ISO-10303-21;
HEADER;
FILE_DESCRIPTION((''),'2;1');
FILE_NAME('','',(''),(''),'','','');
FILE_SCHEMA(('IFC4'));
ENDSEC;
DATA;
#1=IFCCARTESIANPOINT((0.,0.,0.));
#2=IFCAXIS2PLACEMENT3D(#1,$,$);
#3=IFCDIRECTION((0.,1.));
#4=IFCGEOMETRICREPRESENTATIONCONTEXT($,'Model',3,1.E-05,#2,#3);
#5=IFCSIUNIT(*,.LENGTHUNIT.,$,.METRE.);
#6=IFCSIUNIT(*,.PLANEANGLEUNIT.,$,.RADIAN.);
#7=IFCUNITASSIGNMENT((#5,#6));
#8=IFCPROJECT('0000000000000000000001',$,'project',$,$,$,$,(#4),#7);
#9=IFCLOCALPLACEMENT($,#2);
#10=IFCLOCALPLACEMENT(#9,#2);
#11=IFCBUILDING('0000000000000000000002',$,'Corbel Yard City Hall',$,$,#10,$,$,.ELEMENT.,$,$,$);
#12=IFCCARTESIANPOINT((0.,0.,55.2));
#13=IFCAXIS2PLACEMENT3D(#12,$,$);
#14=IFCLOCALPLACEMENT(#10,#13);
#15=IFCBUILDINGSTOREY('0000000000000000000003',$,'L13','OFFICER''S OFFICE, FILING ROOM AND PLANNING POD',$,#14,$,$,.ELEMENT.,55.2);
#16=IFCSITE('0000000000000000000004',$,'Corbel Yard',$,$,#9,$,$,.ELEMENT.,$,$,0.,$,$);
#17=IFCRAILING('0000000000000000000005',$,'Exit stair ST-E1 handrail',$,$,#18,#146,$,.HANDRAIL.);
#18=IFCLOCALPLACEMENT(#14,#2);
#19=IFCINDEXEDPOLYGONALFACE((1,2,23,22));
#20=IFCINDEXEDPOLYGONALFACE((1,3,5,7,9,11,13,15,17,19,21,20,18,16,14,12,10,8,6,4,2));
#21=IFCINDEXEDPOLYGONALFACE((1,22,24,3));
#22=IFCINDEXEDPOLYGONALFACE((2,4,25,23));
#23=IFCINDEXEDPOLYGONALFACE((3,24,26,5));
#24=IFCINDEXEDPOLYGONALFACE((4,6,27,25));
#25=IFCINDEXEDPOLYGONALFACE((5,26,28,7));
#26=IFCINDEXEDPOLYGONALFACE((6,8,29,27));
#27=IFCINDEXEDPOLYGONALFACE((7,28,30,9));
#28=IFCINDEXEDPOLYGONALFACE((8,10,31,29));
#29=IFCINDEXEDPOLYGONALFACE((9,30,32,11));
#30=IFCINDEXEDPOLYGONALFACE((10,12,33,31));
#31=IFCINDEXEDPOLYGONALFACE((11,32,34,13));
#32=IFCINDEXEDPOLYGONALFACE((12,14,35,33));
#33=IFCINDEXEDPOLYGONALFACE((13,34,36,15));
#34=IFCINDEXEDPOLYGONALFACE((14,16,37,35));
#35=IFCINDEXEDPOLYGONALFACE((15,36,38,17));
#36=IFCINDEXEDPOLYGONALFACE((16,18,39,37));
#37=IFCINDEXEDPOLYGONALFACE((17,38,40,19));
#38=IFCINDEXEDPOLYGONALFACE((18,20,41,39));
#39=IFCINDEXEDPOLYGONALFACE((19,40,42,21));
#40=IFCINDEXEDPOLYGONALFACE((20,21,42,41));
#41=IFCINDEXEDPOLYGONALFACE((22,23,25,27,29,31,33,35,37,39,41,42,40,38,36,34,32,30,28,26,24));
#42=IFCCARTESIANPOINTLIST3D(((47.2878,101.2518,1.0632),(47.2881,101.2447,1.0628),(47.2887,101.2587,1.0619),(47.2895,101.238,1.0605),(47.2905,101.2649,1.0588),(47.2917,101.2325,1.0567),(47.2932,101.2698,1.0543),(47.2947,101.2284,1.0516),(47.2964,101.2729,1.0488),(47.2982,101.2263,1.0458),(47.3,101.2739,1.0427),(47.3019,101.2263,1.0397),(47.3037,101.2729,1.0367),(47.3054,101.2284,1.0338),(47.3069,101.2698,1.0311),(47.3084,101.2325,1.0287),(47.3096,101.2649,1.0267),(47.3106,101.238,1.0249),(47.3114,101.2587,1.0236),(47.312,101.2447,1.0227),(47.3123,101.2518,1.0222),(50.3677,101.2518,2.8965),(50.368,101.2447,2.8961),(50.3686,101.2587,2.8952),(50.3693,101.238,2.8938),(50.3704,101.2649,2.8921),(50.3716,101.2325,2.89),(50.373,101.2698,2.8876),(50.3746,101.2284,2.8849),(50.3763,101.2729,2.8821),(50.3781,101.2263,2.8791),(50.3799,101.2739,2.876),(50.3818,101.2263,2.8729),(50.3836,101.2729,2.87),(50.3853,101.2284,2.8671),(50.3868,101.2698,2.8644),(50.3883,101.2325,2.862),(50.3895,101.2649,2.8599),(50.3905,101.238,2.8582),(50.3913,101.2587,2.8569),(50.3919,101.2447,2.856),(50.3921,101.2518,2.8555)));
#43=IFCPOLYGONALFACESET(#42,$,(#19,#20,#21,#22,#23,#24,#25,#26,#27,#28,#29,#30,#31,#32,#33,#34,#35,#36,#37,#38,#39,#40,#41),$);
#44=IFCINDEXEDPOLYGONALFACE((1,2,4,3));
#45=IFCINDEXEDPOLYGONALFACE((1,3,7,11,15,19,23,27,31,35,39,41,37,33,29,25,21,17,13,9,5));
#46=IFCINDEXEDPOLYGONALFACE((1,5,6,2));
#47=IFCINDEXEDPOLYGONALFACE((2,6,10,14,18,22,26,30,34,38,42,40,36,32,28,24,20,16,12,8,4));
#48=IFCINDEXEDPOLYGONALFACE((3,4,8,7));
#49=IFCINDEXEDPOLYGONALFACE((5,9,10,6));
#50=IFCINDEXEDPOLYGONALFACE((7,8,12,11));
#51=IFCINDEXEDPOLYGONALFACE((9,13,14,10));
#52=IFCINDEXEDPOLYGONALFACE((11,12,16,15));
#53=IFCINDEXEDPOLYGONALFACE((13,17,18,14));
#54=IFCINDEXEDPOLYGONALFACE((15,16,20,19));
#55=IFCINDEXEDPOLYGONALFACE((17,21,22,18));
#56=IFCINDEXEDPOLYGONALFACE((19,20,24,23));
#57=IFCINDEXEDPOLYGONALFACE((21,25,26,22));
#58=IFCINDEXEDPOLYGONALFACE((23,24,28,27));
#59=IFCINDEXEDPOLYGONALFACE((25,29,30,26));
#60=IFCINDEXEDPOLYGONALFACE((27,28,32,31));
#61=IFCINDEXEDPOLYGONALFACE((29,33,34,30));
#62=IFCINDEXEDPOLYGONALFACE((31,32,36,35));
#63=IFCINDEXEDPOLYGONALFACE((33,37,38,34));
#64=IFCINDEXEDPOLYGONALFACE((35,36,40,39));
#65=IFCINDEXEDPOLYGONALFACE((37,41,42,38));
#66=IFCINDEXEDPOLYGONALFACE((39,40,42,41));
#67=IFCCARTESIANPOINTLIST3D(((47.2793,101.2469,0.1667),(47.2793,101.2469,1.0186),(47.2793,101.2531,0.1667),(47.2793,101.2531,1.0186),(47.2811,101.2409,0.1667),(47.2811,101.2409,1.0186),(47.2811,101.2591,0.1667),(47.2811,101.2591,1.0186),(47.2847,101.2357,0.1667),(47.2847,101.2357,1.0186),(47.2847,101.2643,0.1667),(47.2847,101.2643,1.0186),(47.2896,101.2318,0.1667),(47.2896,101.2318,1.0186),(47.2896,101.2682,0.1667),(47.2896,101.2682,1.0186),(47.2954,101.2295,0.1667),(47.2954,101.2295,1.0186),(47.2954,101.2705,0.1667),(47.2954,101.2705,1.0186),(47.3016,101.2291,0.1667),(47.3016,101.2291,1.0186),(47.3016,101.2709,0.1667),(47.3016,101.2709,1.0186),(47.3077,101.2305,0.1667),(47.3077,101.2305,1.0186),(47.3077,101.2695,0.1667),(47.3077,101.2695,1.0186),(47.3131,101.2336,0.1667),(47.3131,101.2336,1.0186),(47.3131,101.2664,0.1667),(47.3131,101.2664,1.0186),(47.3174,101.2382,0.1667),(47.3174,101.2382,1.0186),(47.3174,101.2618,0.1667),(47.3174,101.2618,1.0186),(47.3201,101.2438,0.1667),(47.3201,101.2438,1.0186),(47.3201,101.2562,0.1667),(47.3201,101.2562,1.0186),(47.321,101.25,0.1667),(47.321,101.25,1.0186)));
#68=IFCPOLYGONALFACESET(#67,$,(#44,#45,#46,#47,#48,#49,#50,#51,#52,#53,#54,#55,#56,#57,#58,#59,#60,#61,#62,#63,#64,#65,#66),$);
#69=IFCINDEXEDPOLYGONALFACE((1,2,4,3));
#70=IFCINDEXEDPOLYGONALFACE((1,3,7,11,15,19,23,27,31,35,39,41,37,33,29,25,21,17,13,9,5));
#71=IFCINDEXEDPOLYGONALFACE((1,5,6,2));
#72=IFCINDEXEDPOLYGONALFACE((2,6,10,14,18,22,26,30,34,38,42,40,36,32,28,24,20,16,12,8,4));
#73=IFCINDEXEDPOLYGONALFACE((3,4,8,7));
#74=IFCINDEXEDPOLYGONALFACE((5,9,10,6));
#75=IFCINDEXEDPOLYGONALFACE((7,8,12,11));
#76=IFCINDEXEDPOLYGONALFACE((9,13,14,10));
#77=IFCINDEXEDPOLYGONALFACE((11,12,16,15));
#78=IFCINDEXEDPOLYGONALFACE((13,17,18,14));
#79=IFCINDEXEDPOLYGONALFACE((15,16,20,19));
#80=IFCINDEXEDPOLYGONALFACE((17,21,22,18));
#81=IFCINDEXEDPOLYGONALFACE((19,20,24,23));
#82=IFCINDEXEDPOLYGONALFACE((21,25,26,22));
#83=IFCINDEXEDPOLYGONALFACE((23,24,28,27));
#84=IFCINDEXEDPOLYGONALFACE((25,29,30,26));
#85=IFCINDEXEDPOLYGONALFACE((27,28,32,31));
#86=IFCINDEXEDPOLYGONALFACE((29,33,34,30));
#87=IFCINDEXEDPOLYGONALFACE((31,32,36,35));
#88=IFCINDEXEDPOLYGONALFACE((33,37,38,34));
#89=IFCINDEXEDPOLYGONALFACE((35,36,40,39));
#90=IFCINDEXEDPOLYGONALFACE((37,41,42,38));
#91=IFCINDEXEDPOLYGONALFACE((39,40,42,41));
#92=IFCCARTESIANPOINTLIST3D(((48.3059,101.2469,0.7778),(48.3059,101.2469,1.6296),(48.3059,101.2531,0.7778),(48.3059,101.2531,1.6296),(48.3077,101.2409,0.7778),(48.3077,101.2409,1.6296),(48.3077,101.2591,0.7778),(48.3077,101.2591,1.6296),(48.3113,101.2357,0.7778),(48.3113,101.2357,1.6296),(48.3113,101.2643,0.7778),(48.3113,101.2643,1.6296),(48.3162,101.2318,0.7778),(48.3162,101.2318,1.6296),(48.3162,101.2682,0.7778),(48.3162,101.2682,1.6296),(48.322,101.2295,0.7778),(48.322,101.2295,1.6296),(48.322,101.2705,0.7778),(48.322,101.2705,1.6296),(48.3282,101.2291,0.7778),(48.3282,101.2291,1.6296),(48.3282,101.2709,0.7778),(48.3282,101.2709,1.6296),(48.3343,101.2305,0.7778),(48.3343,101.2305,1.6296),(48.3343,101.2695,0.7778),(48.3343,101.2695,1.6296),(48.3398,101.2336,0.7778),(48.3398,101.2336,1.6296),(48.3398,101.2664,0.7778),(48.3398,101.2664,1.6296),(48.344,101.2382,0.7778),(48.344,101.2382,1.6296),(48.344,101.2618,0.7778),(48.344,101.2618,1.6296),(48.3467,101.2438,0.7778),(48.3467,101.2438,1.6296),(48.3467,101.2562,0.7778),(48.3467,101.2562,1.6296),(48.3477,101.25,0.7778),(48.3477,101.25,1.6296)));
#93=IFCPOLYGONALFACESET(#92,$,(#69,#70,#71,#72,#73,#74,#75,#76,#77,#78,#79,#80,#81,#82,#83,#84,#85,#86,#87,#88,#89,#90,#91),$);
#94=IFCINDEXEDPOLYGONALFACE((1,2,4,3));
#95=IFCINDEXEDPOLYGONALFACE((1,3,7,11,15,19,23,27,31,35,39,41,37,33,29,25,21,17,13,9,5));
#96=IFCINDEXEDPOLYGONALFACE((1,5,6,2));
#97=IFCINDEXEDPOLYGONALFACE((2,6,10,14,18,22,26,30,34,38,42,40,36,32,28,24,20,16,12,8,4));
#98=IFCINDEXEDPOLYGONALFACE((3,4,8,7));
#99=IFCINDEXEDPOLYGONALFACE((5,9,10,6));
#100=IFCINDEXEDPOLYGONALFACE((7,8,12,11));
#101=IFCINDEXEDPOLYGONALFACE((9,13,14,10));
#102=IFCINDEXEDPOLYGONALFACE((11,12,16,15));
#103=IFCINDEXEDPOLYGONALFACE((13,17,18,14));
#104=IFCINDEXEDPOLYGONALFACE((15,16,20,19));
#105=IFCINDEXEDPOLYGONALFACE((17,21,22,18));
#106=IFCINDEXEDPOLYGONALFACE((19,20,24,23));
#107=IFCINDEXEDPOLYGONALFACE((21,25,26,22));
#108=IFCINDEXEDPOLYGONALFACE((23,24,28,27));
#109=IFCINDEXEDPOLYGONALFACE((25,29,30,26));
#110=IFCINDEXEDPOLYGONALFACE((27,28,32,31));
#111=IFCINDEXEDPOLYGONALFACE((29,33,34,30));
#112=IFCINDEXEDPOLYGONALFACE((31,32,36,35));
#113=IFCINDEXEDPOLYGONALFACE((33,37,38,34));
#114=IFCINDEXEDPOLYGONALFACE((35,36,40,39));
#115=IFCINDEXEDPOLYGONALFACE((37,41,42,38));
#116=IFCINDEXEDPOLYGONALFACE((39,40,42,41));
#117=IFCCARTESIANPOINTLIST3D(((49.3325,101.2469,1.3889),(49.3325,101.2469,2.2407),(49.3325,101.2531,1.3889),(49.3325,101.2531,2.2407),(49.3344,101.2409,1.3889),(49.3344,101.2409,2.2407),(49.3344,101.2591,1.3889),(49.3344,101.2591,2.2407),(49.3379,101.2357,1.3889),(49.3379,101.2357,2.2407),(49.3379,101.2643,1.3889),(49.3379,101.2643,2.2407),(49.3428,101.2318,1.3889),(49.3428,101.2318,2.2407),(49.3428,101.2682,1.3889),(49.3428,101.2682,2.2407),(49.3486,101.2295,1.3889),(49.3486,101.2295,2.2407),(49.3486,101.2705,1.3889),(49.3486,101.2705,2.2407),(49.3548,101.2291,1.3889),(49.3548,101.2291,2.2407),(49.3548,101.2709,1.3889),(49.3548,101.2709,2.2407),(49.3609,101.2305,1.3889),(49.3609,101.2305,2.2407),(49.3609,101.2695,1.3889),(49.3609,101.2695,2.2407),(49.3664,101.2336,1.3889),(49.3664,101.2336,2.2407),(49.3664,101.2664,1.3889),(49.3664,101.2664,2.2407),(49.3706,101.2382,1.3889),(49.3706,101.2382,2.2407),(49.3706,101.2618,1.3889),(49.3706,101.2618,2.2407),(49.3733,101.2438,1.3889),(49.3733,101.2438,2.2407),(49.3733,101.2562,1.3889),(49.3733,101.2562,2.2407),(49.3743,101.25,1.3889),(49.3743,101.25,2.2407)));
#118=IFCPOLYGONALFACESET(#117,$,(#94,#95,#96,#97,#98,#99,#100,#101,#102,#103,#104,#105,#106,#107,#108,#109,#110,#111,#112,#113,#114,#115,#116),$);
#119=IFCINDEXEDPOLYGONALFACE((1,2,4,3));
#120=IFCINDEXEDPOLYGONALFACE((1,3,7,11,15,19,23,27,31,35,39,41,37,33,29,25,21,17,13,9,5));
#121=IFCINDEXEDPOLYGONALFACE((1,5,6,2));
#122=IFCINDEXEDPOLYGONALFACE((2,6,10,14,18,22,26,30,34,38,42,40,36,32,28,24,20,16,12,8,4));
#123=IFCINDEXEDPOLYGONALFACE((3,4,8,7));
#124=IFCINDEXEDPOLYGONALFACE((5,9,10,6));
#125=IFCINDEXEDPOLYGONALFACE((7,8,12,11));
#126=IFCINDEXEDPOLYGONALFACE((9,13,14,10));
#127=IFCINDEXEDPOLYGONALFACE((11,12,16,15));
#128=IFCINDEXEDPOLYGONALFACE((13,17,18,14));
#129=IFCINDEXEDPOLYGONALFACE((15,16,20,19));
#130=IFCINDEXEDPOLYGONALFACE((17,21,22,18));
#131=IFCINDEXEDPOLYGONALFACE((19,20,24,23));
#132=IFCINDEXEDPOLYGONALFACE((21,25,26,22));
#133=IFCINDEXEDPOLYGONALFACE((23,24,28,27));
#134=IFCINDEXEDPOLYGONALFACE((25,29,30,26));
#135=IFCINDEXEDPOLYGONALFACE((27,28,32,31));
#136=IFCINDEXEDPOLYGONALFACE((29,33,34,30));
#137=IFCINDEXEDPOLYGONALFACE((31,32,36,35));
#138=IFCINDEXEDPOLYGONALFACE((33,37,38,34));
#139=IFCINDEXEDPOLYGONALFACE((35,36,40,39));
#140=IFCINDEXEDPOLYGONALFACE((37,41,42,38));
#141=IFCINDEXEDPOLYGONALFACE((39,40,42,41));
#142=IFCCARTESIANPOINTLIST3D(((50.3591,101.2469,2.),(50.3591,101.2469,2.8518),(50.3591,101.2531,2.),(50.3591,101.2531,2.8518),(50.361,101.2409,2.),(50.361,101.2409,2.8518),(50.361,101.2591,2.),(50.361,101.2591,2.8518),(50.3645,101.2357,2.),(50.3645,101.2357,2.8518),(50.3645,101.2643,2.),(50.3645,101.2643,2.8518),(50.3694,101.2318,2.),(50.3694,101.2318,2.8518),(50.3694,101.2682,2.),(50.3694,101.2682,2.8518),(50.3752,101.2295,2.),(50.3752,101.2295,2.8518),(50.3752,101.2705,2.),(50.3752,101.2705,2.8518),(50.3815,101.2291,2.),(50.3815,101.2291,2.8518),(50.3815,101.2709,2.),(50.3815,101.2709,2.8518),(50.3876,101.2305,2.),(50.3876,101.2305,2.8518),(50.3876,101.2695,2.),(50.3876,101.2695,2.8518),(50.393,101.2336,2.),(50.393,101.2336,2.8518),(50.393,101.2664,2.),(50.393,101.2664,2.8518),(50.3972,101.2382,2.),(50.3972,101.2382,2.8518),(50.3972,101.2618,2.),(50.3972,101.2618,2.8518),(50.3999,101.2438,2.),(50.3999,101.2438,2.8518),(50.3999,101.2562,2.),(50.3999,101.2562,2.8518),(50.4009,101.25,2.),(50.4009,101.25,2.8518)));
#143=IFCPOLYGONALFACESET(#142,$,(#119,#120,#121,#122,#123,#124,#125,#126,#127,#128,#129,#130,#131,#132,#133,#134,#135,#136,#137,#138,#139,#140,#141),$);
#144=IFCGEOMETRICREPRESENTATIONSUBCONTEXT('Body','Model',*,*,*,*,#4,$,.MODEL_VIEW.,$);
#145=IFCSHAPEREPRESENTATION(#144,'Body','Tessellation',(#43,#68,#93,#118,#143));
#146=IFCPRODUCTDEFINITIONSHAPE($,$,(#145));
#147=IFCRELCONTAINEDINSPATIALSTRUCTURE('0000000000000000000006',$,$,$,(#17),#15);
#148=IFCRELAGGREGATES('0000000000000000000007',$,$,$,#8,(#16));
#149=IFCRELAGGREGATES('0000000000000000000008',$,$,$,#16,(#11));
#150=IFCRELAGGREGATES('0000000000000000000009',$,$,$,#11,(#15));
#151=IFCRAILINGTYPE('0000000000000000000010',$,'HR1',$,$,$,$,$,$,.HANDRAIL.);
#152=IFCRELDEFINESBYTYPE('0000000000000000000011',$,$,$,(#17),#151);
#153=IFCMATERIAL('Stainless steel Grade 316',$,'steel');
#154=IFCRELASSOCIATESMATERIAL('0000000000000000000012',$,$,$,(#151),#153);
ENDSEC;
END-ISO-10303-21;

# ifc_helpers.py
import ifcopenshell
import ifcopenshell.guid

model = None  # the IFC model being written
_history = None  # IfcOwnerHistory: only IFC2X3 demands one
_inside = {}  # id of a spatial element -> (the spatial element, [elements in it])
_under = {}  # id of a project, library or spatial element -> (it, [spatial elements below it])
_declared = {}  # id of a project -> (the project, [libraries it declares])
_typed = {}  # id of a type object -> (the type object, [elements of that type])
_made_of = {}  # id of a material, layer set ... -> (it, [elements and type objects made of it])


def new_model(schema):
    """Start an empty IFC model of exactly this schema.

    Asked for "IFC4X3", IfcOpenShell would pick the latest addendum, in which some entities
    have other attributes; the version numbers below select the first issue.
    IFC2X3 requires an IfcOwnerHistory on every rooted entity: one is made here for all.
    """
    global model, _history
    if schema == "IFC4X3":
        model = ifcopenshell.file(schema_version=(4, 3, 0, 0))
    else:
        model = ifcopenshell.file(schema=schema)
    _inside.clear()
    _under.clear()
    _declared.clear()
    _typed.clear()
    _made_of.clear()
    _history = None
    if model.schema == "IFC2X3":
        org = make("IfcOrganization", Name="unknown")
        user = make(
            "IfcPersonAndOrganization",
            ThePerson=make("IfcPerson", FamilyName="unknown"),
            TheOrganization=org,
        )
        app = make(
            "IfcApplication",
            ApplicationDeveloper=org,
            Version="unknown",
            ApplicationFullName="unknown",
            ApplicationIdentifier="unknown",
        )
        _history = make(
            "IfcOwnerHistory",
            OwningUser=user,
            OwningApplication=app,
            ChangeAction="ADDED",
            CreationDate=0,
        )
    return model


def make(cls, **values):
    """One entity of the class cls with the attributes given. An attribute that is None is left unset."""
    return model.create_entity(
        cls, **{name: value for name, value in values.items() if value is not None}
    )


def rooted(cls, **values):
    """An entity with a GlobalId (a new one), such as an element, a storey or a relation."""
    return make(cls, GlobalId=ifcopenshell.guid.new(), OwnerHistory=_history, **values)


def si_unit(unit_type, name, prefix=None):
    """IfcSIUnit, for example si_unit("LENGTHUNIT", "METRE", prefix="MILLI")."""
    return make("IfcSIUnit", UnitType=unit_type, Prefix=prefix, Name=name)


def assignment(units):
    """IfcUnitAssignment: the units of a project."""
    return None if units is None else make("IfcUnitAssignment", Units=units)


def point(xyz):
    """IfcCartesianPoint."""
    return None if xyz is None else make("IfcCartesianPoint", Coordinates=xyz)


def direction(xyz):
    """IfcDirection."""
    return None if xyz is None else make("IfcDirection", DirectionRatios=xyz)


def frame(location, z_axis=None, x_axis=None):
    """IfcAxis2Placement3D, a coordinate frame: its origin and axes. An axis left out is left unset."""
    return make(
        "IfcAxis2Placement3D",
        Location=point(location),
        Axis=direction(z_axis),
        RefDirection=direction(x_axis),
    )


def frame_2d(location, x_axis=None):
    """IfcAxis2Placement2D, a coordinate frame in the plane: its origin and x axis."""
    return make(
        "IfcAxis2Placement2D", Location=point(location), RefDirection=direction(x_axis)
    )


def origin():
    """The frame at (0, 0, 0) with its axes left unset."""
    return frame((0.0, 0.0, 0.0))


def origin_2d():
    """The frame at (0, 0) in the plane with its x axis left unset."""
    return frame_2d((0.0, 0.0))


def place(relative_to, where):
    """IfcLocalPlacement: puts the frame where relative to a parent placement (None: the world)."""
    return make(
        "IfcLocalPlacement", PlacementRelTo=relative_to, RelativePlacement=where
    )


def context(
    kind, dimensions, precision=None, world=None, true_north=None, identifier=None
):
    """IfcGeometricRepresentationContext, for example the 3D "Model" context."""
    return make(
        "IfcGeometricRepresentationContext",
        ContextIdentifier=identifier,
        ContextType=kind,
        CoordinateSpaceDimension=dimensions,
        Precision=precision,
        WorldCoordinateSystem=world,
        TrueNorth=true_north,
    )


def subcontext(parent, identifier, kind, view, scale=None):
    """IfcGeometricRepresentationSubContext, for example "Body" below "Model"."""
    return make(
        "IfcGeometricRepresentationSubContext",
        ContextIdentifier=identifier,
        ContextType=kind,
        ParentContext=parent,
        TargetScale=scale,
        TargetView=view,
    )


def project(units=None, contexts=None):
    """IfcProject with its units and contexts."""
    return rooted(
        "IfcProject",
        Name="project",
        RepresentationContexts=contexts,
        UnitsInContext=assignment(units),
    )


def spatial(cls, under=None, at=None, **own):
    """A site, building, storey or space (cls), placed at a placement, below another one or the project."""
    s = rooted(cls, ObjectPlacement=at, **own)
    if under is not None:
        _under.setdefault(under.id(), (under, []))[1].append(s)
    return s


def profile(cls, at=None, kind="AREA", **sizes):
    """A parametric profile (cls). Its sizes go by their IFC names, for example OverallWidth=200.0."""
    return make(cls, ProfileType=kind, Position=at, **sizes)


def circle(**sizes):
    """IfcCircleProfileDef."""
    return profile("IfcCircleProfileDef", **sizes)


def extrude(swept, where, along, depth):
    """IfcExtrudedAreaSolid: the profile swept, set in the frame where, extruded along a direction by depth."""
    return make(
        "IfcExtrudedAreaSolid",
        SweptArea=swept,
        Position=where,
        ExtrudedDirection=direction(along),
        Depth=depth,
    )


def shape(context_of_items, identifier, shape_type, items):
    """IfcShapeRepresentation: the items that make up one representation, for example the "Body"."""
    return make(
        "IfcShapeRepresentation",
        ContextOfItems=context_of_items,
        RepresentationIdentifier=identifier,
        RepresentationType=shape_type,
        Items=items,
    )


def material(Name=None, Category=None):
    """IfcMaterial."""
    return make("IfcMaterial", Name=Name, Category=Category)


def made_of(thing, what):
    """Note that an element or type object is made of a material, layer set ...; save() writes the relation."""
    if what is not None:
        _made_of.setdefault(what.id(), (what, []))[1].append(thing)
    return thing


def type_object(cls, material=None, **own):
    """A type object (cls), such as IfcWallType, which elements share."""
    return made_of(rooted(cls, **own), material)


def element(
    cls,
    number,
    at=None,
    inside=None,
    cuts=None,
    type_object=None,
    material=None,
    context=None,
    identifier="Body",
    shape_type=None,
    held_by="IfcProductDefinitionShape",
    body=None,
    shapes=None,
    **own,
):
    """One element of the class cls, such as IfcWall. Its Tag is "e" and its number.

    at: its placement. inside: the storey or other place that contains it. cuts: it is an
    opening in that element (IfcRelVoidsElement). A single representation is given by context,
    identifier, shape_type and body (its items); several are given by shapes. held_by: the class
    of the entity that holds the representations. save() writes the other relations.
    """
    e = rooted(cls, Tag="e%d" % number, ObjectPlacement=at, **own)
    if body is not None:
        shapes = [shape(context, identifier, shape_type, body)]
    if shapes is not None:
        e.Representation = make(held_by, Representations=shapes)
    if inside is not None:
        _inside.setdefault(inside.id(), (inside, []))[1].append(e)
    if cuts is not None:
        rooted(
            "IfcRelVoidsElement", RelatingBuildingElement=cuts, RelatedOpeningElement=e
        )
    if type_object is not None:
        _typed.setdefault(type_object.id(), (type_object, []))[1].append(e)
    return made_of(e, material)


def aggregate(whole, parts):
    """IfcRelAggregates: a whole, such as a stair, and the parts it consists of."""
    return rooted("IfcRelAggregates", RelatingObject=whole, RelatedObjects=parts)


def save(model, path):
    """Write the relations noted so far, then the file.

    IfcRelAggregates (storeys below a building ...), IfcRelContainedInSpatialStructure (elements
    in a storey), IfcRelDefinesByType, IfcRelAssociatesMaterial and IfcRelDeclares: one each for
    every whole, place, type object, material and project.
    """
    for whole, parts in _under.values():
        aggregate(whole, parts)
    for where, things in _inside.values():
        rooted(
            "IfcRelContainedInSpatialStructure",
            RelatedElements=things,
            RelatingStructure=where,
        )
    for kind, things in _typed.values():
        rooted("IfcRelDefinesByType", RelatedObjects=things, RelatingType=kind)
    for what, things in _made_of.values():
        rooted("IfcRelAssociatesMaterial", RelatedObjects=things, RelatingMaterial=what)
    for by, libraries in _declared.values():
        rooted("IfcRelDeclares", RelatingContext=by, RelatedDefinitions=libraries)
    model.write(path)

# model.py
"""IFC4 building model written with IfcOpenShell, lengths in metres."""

from ifc_helpers import new_model, si_unit, direction, frame, origin, origin_2d, place, context, subcontext, project, spatial, circle, extrude, material, type_object, element, save


model = new_model("IFC4")

# Units and contexts
model_context = context("Model", 3, precision=1e-05, world=origin(), true_north=direction((0.0, 1.0)))
body_context = subcontext(model_context, "Body", "Model", "MODEL_VIEW")
ifc_project = project(units=[si_unit("LENGTHUNIT", "METRE"), si_unit("PLANEANGLEUNIT", "RADIAN")], contexts=[model_context])

# Site, building, storey
site_placement = place(None, origin())
site = spatial("IfcSite", under=ifc_project, at=site_placement, Name="Corbel Yard", CompositionType="ELEMENT", RefElevation=0.0)
building_placement = place(site_placement, origin())
building = spatial("IfcBuilding", under=site, at=building_placement, Name="Corbel Yard City Hall", CompositionType="ELEMENT")
storey_placement = place(building_placement, frame((0.0, 0.0, 55.2)))
storey = spatial("IfcBuildingStorey", under=building, at=storey_placement, Name="L13", Description="OFFICER'S OFFICE, FILING ROOM AND PLANNING POD", CompositionType="ELEMENT", Elevation=55.2)

# Railing
ifc_material_1 = material(Name="Stainless steel Grade 316", Category="steel")
railing_type = type_object("IfcRailingType", Name="HR1", PredefinedType="HANDRAIL", material=ifc_material_1)
for number, where, name in (
    (1, (47.3, 101.25, 0.1667), "Exit stair ST-E1 handrail"),
):
    element("IfcRailing", number, at=place(storey_placement, frame(where)), inside=storey, type_object=railing_type, Name=name, PredefinedType="HANDRAIL", context=body_context, shape_type="SweptSolid", body=[
        extrude(circle(Radius=0.0239, at=origin_2d()), frame((0.0, 0.0, 0.876), z_axis=(0.859291, 0.0, 0.511487), x_axis=(0.0, 1.0, 0.0)), (0.0, 0.0, 1.0), 3.5842),
        extrude(circle(Radius=0.021, at=origin_2d()), origin(), (0.0, 0.0, 1.0), 0.8518),
        extrude(circle(Radius=0.021, at=origin_2d()), frame((1.0266, 0.0, 0.6111)), (0.0, 0.0, 1.0), 0.8518),
        extrude(circle(Radius=0.021, at=origin_2d()), frame((2.0532, 0.0, 1.2222)), (0.0, 0.0, 1.0), 0.8518),
        extrude(circle(Radius=0.021, at=origin_2d()), frame((3.0798, 0.0, 1.8333)), (0.0, 0.0, 1.0), 0.8518),
    ])

save(model, "model.ifc")
